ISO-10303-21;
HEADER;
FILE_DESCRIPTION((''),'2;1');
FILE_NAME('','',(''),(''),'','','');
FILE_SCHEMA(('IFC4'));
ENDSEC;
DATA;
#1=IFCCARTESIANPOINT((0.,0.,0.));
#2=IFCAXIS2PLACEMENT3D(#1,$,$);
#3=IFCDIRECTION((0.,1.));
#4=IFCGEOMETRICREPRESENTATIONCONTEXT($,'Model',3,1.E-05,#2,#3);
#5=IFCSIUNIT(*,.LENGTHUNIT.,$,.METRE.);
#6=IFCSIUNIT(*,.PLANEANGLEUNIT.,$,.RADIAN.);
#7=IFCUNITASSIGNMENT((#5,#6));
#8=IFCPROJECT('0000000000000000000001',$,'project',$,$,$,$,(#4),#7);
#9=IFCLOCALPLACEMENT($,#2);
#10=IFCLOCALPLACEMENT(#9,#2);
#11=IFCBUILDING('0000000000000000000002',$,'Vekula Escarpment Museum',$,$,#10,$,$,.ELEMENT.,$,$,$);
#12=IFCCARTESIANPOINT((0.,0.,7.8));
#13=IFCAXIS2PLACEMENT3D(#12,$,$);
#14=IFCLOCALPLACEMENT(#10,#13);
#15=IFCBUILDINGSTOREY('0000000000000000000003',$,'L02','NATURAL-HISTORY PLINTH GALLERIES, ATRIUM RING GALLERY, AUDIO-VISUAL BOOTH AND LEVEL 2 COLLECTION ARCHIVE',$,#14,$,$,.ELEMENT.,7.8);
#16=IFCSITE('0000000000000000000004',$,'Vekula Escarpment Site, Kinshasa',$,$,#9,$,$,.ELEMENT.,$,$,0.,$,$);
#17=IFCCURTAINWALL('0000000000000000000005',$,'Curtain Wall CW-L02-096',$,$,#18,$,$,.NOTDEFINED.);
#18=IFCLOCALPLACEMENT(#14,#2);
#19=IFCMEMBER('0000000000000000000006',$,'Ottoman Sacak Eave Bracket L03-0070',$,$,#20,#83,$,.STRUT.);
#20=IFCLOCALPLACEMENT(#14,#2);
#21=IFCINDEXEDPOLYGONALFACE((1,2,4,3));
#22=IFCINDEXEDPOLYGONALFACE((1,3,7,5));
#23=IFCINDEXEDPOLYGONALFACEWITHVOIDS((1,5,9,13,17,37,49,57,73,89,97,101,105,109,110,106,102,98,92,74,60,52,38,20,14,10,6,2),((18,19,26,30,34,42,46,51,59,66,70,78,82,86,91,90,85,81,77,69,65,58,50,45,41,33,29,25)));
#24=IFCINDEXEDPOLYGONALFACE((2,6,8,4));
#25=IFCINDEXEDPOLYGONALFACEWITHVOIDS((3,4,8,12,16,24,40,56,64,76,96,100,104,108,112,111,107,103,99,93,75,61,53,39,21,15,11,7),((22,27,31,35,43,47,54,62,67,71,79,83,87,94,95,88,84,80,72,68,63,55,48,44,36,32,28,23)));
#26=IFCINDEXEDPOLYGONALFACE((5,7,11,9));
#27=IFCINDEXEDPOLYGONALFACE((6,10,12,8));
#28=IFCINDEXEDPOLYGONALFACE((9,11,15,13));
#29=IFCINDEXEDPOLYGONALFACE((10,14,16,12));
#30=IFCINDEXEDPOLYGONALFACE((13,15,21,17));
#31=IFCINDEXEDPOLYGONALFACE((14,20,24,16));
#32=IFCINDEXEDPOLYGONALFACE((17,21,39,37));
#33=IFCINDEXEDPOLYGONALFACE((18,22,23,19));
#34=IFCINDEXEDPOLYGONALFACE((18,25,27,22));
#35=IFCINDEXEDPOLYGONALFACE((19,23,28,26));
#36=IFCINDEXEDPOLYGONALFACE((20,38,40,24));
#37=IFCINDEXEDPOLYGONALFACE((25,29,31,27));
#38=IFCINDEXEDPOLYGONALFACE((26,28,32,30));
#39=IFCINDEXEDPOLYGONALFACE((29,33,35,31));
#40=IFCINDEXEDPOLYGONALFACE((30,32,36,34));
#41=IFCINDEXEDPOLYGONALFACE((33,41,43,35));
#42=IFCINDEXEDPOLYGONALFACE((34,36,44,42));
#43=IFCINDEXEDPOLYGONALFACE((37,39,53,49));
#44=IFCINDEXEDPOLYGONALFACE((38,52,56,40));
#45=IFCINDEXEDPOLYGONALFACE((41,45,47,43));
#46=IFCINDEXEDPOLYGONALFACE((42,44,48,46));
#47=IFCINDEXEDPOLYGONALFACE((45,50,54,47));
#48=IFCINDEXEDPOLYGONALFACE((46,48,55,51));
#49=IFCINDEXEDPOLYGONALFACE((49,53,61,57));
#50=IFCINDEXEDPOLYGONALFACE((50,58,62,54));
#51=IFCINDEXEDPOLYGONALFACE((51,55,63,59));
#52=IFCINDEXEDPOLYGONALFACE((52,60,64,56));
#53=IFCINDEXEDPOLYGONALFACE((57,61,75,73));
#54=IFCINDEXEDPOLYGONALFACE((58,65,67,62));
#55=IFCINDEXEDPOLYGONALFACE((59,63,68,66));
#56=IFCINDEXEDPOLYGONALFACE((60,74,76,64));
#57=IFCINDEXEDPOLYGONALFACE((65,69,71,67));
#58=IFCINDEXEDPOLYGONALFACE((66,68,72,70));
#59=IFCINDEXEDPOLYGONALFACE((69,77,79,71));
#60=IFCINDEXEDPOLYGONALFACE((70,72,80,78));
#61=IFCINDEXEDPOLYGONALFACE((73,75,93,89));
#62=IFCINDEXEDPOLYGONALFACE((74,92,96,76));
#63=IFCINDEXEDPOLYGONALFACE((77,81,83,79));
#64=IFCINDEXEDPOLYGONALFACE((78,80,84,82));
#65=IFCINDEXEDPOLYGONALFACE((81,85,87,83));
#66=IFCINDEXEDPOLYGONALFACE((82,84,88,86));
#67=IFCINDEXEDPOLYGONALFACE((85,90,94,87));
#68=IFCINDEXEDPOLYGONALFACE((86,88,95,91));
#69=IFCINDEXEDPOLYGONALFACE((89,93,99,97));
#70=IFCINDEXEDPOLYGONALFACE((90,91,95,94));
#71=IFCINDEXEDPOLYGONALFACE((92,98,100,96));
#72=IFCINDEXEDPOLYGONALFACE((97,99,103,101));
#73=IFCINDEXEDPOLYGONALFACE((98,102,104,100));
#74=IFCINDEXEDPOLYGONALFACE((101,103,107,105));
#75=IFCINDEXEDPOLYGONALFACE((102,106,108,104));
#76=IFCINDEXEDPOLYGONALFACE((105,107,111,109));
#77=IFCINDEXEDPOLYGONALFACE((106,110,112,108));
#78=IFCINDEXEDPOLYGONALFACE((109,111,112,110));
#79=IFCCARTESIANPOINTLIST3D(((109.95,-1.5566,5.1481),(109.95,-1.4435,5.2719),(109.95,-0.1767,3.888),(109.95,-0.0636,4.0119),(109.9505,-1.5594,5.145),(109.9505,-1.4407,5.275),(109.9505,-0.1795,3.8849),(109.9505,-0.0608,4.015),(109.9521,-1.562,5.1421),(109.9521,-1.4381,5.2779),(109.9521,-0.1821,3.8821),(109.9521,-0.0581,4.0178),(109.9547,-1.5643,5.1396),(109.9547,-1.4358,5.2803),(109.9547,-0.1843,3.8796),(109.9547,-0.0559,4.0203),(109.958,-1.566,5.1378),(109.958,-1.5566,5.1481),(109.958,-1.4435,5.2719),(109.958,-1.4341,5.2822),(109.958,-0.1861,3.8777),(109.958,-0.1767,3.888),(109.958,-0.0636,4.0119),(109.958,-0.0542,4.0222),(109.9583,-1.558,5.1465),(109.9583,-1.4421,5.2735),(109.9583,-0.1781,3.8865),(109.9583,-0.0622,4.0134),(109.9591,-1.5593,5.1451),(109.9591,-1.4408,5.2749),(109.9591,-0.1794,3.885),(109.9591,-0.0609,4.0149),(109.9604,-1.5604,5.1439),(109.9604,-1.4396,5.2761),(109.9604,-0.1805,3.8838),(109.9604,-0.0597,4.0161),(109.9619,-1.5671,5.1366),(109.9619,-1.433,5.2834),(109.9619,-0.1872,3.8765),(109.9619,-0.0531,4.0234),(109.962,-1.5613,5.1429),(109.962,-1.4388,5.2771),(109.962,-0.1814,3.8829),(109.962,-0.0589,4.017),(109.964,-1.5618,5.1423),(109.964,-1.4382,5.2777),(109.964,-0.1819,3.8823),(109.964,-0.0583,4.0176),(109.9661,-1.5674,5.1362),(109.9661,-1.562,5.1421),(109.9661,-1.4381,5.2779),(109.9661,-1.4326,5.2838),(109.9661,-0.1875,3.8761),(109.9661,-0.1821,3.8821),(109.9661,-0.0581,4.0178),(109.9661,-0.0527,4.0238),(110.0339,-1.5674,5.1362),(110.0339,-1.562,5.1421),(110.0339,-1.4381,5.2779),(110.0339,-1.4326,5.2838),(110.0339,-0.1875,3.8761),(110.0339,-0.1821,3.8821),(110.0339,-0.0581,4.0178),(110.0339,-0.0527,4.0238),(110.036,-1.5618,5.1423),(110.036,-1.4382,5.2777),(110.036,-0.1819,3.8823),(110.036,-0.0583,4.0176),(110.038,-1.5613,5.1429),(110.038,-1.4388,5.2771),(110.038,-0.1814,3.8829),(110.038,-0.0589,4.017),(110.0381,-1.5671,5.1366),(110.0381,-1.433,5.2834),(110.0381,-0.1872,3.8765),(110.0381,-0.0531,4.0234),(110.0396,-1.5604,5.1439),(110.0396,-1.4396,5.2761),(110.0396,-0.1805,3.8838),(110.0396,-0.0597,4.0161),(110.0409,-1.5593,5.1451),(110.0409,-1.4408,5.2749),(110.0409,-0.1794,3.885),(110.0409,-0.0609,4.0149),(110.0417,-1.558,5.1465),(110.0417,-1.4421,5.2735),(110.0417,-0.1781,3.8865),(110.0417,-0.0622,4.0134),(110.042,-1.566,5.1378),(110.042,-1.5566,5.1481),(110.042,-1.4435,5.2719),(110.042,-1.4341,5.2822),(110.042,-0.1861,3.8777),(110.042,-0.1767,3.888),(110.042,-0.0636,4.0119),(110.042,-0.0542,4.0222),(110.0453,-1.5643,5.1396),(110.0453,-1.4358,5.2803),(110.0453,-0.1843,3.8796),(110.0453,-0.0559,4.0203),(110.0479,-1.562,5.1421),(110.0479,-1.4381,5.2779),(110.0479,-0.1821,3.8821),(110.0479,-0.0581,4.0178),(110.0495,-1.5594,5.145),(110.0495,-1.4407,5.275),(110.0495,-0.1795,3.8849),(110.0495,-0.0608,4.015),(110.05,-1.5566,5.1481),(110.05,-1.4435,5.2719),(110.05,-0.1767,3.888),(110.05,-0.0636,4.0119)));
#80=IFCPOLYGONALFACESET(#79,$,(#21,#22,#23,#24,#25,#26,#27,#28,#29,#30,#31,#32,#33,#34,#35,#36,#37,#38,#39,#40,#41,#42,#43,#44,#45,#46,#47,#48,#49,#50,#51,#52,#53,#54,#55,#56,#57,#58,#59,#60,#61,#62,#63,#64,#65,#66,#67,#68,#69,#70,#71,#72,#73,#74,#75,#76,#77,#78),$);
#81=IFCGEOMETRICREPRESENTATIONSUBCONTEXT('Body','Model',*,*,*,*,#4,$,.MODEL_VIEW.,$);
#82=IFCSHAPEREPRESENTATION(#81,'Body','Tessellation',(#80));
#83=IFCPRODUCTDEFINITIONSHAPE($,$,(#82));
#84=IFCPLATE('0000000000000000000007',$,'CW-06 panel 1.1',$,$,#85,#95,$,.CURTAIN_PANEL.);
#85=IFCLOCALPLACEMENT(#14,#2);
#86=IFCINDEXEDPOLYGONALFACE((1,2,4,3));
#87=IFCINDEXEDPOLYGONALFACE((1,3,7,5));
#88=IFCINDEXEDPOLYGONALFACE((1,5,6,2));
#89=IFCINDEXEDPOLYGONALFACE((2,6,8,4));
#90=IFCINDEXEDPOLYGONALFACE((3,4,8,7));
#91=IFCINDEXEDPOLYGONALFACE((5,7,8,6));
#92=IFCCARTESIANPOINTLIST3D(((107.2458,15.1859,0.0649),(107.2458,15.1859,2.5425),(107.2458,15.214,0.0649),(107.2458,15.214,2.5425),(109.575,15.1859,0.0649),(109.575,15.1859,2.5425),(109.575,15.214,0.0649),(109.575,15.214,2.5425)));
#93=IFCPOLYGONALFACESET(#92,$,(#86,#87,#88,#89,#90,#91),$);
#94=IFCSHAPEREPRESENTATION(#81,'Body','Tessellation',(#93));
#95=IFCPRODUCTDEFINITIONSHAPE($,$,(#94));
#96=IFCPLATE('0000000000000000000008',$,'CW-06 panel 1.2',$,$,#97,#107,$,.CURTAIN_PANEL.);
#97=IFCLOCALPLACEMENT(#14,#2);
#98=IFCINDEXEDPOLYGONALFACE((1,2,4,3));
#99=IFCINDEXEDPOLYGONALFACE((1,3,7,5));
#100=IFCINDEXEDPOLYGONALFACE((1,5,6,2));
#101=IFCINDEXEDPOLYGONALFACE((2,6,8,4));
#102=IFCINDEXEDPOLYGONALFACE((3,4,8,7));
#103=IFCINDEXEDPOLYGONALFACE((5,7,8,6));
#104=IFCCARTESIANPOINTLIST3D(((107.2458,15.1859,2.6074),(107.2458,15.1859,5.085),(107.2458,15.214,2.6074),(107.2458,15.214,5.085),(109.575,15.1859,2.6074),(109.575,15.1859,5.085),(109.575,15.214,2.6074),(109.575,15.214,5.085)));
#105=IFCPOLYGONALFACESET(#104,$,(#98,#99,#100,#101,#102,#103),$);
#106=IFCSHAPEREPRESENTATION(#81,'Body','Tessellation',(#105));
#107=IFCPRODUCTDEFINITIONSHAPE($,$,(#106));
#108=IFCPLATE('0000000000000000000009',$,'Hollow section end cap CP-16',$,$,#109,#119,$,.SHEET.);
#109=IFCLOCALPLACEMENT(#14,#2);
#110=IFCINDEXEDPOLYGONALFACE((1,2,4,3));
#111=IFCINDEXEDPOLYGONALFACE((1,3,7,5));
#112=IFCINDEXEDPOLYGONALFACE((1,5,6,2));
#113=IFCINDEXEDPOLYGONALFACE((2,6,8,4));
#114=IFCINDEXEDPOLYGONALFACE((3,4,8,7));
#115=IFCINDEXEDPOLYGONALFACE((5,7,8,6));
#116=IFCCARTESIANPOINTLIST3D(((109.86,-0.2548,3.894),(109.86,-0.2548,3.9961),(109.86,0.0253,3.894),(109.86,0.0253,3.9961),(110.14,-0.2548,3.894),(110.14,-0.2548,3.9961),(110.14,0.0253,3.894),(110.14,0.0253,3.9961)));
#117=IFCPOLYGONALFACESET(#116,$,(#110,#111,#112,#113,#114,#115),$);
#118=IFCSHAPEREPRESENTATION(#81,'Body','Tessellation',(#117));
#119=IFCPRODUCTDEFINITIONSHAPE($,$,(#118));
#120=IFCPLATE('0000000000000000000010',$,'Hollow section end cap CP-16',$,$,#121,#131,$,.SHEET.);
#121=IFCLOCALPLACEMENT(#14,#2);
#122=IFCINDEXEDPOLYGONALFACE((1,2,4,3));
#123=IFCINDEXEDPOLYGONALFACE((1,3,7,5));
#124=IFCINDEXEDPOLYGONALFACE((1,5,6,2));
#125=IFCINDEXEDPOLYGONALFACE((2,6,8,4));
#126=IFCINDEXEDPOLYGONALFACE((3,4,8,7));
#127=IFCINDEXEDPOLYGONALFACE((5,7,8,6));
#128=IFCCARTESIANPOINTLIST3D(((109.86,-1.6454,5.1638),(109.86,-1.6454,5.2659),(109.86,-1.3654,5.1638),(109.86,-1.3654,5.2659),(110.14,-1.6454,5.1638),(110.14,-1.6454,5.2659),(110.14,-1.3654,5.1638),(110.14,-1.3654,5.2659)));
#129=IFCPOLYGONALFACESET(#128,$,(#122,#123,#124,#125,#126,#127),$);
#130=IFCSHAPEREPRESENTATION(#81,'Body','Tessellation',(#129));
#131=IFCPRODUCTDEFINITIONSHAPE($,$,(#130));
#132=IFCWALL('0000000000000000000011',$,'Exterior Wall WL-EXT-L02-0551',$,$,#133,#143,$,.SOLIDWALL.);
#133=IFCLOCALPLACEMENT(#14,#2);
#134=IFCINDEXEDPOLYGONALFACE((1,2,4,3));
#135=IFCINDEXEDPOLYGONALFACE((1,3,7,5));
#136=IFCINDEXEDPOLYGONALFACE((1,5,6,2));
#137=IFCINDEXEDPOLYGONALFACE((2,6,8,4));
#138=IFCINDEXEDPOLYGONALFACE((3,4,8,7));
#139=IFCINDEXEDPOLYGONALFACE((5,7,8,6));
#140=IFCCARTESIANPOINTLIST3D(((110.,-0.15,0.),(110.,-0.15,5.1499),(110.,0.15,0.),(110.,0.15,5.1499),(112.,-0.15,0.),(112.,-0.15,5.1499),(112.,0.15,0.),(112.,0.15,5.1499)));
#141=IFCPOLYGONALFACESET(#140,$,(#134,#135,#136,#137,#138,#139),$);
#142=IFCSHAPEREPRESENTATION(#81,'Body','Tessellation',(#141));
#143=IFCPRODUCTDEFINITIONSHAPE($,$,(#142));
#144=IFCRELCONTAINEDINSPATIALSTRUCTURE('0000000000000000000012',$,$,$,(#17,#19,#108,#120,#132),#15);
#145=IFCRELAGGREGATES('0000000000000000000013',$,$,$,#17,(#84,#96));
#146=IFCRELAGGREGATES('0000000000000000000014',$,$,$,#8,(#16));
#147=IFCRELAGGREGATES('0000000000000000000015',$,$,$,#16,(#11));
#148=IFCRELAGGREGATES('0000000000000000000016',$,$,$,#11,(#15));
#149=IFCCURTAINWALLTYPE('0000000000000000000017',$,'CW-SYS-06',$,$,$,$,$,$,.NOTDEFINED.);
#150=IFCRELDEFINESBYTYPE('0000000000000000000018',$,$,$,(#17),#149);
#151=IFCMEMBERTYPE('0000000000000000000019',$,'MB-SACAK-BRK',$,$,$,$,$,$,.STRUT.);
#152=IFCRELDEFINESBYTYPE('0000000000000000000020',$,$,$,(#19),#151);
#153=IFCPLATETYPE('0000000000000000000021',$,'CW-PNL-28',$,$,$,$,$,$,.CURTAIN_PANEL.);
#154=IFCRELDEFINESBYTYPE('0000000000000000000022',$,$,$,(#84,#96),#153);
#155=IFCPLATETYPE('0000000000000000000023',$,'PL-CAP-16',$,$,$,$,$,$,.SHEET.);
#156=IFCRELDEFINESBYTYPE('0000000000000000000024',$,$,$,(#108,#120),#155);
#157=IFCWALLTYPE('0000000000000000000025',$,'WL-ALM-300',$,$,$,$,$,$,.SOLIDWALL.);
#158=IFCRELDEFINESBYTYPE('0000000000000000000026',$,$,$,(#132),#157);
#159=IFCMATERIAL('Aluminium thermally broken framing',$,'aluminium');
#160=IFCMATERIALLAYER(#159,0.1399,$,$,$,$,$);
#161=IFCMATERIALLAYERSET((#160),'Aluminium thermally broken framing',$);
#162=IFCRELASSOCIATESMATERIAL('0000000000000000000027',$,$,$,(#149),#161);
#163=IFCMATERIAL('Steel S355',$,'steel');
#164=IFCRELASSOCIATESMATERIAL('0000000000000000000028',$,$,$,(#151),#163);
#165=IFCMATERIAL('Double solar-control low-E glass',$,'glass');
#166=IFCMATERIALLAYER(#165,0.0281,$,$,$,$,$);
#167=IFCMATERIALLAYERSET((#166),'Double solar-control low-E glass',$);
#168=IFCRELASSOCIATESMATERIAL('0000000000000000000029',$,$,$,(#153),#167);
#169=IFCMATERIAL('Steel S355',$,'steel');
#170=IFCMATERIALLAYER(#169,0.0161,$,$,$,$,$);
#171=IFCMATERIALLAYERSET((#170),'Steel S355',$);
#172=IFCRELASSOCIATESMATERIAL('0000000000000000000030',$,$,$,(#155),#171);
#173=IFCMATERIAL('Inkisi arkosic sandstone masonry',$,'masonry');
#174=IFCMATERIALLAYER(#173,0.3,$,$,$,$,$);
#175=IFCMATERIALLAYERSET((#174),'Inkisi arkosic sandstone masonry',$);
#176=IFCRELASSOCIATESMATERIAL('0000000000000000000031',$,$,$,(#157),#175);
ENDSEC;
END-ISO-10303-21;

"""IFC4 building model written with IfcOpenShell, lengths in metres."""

from ifc_helpers import new_model, si_unit, direction, frame, frame_2d, origin, origin_2d, place, context, subcontext, project, spatial, rectangle, hollow_rectangle, extrude, material, layer, layer_set, material_profile, profile_set, type_object, element, aggregate, save


model = new_model("IFC4")

# Units and contexts
model_context = context("Model", 3, precision=1e-05, world=origin(), true_north=direction((0.0, 1.0)))
body_context = subcontext(model_context, "Body", "Model", "MODEL_VIEW")
ifc_project = project(units=[si_unit("LENGTHUNIT", "METRE"), si_unit("PLANEANGLEUNIT", "RADIAN")], contexts=[model_context])

# Site, building, storey
site_placement = place(None, origin())
site = spatial("IfcSite", under=ifc_project, at=site_placement, Name="Vekula Escarpment Site, Kinshasa", CompositionType="ELEMENT", RefElevation=0.0)
building_placement = place(site_placement, origin())
building = spatial("IfcBuilding", under=site, at=building_placement, Name="Vekula Escarpment Museum", CompositionType="ELEMENT")
storey_placement = place(building_placement, frame((0.0, 0.0, 7.8)))
storey = spatial("IfcBuildingStorey", under=building, at=storey_placement, Name="L02", Description="NATURAL-HISTORY PLINTH GALLERIES, ATRIUM RING GALLERY, AUDIO-VISUAL BOOTH AND LEVEL 2 COLLECTION ARCHIVE", CompositionType="ELEMENT", Elevation=7.8)

# Curtain wall
ifc_material_1 = material(Name="Aluminium thermally broken framing", Category="aluminium")
ifc_layer_1 = layer(ifc_material_1, 0.1399)
ifc_layer_set_1 = layer_set([ifc_layer_1], Name="Aluminium thermally broken framing")
curtain_wall_type = type_object("IfcCurtainWallType", Name="CW-SYS-06", PredefinedType="NOTDEFINED", material=ifc_layer_set_1)
curtain_wall_placement = place(storey_placement, origin())
curtain_wall = element("IfcCurtainWall", 1, at=curtain_wall_placement, inside=storey, type_object=curtain_wall_type, Name="Curtain Wall CW-L02-096", PredefinedType="NOTDEFINED")

# Member
ifc_material_2 = material(Name="Steel S355", Category="steel")
ifc_material_profile_1 = material_profile(ifc_material_2, hollow_rectangle(XDim=0.1001, YDim=0.2, WallThickness=0.0081, InnerFilletRadius=0.0081, OuterFilletRadius=0.0161, at=origin_2d()), Name="RHS 200x100x8")
ifc_profile_set_1 = profile_set([ifc_material_profile_1], Name="Steel S355")
member_type_1 = type_object("IfcMemberType", Name="MB-SACAK-BRK", PredefinedType="STRUT", material=ifc_profile_set_1)
member_1_placement = place(storey_placement, frame((110.0, -0.1201, 3.95), z_axis=(0.0, -0.738454, 0.674303), x_axis=(1.0, 0.0, 0.0)))
element("IfcMember", 2, at=member_1_placement, inside=storey, type_object=member_type_1, Name="Ottoman Sacak Eave Bracket L03-0070", PredefinedType="STRUT", context=body_context, shape_type="SweptSolid", body=[
    extrude(hollow_rectangle(XDim=0.1001, YDim=0.2, WallThickness=0.0081, InnerFilletRadius=0.0081, OuterFilletRadius=0.0161, at=origin_2d()), origin(), (0.0, 0.0, 1.0), 1.8687),
])

# Plates
ifc_material_3 = material(Name="Double solar-control low-E glass", Category="glass")
ifc_layer_2 = layer(ifc_material_3, 0.0281)
ifc_layer_set_2 = layer_set([ifc_layer_2], Name="Double solar-control low-E glass")
plate_type_1 = type_object("IfcPlateType", Name="CW-PNL-28", PredefinedType="CURTAIN_PANEL", material=ifc_layer_set_2)
plate_1_placement = place(storey_placement, frame((108.4104, 15.2, 0.0649), z_axis=(0.0, 0.0, 1.0), x_axis=(-1.0, 0.0, 0.0)))
plate_1 = element("IfcPlate", 3, at=plate_1_placement, type_object=plate_type_1, Name="CW-06 panel 1.1", PredefinedType="CURTAIN_PANEL", context=body_context, shape_type="SweptSolid", body=[
    extrude(rectangle(XDim=2.3291, YDim=0.0281, at=origin_2d()), origin(), (0.0, 0.0, 1.0), 2.4775),
])
plate_2_placement = place(storey_placement, frame((108.4104, 15.2, 2.6074), z_axis=(0.0, 0.0, 1.0), x_axis=(-1.0, 0.0, 0.0)))
plate_2 = element("IfcPlate", 4, at=plate_2_placement, type_object=plate_type_1, Name="CW-06 panel 1.2", PredefinedType="CURTAIN_PANEL", context=body_context, shape_type="SweptSolid", body=[
    extrude(rectangle(XDim=2.3291, YDim=0.0281, at=origin_2d()), origin(), (0.0, 0.0, 1.0), 2.4775),
])
aggregate(curtain_wall, [plate_1, plate_2])

# Plates
ifc_material_4 = material(Name="Steel S355", Category="steel")
ifc_layer_3 = layer(ifc_material_4, 0.0161)
ifc_layer_set_3 = layer_set([ifc_layer_3], Name="Steel S355")
plate_type_2 = type_object("IfcPlateType", Name="PL-CAP-16", PredefinedType="SHEET", material=ifc_layer_set_3)
for number, where, z_axis, x_axis, name in (
    (5, (110.0, -0.1147, 3.894), (0.0, 0.0, 1.0), (1.0, 0.0, 0.0), "Hollow section end cap CP-16"),
    (6, (110.0, -1.5054, 5.1638), (0.0, 0.0, 1.0), (1.0, 0.0, 0.0), "Hollow section end cap CP-16"),
):
    element("IfcPlate", number, at=place(storey_placement, frame(where, z_axis=z_axis, x_axis=x_axis)), inside=storey, type_object=plate_type_2, Name=name, PredefinedType="SHEET", context=body_context, shape_type="SweptSolid", body=[
        extrude(rectangle(XDim=0.28, YDim=0.28, at=origin_2d()), origin(), (0.0, 0.0, 1.0), 0.1021),
    ])

# Wall
ifc_material_5 = material(Name="Inkisi arkosic sandstone masonry", Category="masonry")
ifc_layer_4 = layer(ifc_material_5, 0.3)
ifc_layer_set_4 = layer_set([ifc_layer_4], Name="Inkisi arkosic sandstone masonry")
wall_type_1 = type_object("IfcWallType", Name="WL-ALM-300", PredefinedType="SOLIDWALL", material=ifc_layer_set_4)
wall_1_placement = place(storey_placement, frame((112.0, 0.0, 0.0), z_axis=(0.0, 0.0, 1.0), x_axis=(-1.0, 0.0, 0.0)))
element("IfcWall", 7, at=wall_1_placement, inside=storey, type_object=wall_type_1, Name="Exterior Wall WL-EXT-L02-0551", PredefinedType="SOLIDWALL", context=body_context, shape_type="SweptSolid", body=[
    extrude(rectangle(XDim=2.0, YDim=0.3, at=frame_2d((1.0, 0.0))), origin(), (0.0, 0.0, 1.0), 5.1499),
])

save(model, "model.ifc")
